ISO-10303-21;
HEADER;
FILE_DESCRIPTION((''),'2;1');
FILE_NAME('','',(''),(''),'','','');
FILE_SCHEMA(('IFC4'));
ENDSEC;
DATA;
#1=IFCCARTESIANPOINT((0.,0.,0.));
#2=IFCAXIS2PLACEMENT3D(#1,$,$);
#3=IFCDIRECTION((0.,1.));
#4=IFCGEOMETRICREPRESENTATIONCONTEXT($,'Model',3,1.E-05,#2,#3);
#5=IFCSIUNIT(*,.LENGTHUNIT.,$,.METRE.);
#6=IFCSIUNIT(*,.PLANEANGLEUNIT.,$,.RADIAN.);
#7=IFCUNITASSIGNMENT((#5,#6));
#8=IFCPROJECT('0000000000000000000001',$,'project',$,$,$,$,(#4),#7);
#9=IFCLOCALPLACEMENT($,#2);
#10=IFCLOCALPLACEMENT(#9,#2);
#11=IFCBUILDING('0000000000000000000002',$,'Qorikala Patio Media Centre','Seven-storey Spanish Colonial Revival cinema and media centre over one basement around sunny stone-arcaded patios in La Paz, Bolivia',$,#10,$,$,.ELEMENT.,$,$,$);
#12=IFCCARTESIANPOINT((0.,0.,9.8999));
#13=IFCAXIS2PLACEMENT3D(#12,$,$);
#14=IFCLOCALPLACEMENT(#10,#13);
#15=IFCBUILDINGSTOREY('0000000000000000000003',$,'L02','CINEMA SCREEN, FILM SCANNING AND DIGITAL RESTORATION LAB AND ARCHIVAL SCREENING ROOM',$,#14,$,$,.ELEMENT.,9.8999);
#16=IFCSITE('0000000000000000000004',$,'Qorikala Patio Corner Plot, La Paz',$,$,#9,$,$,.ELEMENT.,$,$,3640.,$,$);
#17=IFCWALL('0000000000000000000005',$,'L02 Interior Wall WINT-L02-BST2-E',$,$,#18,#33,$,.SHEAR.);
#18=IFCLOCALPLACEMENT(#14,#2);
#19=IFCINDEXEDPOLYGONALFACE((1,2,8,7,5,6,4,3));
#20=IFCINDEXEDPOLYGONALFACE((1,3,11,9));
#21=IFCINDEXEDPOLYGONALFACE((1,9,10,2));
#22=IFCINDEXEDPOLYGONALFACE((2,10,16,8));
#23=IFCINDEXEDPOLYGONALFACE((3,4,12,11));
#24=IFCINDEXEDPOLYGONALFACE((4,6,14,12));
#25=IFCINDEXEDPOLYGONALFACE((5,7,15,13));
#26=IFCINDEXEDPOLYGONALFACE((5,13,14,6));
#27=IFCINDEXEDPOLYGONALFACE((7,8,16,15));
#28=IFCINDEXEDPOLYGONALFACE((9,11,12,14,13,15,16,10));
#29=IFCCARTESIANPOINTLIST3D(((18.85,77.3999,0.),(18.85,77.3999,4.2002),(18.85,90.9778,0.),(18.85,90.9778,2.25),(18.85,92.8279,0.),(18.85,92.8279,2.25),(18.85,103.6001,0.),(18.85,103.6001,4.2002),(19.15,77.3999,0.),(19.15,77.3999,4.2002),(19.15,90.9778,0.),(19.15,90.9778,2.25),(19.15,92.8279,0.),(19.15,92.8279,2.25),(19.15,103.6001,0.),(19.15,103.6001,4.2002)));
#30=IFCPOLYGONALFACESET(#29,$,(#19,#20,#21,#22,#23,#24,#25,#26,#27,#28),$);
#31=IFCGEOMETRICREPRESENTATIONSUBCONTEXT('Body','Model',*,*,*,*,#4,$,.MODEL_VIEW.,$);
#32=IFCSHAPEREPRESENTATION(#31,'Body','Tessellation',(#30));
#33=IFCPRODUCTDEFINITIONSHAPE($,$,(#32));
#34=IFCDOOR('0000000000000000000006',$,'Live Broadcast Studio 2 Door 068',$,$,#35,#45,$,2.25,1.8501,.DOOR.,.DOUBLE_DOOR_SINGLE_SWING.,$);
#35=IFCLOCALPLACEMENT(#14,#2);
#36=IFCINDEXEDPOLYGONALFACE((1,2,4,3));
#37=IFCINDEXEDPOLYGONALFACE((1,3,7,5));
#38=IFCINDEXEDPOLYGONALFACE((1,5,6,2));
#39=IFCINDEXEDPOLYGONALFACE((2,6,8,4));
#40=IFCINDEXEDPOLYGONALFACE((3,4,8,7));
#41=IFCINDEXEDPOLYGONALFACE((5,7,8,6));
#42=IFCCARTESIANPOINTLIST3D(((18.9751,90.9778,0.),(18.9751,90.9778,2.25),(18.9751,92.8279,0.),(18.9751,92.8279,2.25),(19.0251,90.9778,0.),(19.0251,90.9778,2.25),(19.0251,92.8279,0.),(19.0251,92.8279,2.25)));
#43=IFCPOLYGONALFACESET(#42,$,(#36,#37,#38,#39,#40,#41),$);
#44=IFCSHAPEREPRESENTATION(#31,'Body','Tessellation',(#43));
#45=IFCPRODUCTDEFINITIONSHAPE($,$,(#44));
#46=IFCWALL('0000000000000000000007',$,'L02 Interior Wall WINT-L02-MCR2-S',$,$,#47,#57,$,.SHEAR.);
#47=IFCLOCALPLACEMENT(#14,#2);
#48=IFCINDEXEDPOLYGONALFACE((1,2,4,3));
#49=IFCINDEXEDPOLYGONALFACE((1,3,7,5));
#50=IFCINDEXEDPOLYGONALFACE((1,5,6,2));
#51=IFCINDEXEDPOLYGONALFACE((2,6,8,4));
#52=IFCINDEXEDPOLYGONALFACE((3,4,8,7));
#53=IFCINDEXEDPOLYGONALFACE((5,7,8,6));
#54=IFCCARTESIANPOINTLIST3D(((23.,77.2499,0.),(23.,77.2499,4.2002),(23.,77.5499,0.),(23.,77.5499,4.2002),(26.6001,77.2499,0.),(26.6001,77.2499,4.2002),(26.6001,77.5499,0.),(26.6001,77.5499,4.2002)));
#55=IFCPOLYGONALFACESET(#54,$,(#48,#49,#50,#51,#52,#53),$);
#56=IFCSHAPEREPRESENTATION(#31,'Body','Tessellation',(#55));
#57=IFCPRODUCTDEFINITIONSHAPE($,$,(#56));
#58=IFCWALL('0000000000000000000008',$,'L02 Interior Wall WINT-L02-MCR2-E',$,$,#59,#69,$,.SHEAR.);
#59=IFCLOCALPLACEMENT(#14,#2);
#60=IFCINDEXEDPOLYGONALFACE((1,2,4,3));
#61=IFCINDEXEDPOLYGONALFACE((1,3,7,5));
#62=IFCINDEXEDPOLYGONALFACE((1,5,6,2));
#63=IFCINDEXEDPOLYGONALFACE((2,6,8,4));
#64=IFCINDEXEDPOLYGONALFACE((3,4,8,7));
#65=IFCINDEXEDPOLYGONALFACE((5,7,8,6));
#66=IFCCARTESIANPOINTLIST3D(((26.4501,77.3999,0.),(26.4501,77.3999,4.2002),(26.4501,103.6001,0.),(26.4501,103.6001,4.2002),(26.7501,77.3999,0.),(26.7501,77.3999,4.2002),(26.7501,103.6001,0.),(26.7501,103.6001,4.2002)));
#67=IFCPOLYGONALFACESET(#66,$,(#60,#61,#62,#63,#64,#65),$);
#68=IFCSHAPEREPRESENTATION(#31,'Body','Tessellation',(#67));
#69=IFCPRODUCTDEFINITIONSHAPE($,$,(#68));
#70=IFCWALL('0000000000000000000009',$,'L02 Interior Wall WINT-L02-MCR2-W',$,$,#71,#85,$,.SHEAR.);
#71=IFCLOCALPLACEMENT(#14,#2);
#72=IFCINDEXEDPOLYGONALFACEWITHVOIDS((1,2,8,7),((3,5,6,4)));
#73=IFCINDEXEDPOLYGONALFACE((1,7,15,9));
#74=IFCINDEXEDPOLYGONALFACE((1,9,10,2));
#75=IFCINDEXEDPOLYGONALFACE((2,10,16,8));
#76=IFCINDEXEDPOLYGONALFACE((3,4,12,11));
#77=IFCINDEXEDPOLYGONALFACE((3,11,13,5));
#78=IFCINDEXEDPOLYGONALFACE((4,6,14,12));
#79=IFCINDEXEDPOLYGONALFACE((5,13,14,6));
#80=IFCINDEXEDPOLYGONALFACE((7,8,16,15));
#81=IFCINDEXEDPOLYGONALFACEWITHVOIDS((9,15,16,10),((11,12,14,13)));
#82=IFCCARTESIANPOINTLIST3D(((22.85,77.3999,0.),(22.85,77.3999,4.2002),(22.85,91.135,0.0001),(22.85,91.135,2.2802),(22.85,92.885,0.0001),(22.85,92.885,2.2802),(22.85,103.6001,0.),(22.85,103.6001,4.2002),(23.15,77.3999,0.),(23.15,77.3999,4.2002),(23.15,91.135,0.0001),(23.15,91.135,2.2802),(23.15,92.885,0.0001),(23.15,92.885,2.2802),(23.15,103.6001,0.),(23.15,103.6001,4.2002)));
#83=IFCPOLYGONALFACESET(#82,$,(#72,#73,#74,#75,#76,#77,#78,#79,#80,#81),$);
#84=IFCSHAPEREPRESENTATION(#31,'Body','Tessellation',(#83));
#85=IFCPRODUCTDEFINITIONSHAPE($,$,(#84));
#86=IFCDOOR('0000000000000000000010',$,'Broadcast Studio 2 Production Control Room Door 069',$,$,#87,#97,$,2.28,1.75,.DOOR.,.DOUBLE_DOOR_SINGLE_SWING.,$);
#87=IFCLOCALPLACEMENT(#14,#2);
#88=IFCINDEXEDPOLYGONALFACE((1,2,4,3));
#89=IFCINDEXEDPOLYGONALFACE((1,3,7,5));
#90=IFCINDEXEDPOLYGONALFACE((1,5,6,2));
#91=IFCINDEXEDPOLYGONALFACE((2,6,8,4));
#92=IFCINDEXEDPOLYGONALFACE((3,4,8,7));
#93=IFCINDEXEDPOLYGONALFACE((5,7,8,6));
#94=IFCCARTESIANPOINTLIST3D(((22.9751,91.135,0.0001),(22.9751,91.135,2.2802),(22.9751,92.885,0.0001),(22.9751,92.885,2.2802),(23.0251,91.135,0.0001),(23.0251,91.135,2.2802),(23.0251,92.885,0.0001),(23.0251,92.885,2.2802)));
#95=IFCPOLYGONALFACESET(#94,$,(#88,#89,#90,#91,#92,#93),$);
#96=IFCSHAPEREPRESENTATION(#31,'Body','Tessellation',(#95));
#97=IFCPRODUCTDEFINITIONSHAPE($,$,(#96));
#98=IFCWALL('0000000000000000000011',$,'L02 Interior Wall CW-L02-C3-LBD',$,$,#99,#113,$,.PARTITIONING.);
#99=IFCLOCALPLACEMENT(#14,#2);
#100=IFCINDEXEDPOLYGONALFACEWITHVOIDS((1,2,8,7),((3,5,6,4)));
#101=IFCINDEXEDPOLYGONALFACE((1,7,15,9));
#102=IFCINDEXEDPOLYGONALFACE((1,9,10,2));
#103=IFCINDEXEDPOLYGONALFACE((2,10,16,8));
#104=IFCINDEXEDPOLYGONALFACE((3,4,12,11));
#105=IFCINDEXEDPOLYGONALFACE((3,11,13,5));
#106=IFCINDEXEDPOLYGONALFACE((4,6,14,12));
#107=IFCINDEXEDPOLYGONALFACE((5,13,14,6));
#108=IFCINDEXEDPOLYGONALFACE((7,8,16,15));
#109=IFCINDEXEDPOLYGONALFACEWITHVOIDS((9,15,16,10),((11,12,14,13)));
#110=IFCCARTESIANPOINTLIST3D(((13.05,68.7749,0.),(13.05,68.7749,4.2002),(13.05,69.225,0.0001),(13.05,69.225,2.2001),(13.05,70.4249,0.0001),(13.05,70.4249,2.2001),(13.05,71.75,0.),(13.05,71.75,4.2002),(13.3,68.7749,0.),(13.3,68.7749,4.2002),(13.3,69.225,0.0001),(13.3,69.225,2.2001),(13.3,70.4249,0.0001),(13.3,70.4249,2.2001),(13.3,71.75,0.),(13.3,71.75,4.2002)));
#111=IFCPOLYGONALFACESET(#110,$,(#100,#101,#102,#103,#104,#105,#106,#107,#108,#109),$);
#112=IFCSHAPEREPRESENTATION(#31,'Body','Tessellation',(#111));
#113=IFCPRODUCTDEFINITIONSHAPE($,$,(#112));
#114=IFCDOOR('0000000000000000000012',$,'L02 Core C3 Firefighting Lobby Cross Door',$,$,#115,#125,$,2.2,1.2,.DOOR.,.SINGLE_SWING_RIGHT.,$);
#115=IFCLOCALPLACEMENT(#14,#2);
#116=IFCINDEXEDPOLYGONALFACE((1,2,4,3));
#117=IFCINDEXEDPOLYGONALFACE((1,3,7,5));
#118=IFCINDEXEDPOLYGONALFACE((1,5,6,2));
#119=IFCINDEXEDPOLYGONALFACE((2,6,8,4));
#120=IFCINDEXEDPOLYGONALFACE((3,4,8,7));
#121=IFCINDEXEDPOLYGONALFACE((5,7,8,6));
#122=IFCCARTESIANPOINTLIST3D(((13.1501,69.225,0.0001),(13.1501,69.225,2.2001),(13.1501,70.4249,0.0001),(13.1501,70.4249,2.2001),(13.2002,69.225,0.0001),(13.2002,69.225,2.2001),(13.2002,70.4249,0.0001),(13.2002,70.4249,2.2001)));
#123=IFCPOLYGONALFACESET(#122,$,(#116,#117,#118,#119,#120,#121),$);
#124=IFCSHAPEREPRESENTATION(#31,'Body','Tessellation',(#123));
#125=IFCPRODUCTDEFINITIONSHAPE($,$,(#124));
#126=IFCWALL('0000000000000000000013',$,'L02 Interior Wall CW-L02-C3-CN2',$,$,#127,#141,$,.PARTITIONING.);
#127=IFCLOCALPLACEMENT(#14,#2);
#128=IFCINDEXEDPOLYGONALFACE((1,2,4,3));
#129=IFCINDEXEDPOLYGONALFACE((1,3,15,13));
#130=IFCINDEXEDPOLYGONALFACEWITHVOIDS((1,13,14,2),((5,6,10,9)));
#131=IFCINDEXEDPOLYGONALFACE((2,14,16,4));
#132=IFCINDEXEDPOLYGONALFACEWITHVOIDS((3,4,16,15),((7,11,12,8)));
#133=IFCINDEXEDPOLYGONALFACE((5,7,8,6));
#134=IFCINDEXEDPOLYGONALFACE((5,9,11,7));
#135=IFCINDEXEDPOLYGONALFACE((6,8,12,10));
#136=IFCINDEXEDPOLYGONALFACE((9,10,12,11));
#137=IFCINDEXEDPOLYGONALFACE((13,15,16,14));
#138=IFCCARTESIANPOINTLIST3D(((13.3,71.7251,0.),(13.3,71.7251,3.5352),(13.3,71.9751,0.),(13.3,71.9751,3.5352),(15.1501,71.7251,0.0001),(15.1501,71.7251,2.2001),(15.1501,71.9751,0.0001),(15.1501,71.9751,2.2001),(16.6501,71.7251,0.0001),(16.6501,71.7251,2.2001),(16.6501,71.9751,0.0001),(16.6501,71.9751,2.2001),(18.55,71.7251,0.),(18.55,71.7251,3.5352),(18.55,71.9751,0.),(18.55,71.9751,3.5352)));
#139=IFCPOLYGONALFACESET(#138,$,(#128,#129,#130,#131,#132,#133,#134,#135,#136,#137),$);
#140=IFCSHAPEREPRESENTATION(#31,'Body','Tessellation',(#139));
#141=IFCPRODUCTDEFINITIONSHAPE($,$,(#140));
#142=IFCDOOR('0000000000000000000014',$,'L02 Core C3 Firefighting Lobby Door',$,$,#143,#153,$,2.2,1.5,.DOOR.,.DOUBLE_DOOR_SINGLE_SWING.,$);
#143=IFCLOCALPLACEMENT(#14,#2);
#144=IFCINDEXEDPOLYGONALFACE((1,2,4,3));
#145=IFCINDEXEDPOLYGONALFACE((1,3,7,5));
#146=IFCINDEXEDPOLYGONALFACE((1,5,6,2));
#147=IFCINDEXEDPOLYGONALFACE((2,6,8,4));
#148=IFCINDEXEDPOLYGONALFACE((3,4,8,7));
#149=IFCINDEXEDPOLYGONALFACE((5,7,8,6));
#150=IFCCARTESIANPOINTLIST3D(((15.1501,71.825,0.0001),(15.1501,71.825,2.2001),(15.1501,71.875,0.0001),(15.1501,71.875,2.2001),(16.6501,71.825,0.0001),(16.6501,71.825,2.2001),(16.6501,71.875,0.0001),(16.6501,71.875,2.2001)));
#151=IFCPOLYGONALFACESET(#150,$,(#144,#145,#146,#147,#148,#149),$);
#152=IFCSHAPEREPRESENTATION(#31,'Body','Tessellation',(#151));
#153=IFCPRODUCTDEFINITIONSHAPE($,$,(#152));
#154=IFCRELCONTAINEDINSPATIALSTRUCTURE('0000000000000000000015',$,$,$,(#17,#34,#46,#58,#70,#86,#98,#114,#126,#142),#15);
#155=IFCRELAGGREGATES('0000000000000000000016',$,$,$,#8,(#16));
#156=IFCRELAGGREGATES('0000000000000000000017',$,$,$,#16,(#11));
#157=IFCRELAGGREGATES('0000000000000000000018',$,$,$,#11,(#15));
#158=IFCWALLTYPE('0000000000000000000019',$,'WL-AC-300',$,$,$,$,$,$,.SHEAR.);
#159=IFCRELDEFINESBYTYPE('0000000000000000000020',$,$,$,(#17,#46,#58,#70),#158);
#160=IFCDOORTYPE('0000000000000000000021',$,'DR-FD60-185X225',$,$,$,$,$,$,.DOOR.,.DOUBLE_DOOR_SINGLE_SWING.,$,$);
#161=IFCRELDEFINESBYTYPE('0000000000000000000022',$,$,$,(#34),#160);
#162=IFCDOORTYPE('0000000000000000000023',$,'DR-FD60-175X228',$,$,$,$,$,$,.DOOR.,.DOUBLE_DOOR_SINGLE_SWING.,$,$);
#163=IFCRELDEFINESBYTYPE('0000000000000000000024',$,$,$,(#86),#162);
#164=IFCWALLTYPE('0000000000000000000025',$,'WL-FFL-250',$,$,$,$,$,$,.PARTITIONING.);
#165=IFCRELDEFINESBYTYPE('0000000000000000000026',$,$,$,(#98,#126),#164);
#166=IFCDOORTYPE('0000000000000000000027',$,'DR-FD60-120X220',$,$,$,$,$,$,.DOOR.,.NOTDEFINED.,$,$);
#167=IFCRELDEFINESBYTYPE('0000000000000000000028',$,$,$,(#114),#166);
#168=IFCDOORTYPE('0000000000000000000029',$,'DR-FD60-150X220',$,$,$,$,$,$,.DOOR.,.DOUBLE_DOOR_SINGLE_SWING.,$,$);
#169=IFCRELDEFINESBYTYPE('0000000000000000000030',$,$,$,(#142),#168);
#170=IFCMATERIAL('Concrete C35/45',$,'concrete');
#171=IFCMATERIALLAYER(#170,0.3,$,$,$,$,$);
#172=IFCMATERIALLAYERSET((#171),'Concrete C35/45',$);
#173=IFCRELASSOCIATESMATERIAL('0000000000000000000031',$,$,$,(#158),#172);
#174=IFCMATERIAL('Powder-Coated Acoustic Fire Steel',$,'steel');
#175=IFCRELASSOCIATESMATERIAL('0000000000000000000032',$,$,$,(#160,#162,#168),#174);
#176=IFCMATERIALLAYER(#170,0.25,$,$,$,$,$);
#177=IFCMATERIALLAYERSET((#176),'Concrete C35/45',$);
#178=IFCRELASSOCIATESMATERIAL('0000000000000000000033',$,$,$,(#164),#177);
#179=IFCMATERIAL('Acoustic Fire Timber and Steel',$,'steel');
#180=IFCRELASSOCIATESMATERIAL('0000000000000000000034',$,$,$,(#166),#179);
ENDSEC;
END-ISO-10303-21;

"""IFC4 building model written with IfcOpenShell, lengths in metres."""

from ifc_helpers import new_model, si_unit, direction, frame, frame_2d, origin, place, context, subcontext, project, spatial, rectangle, extrude, material, layer, layer_set, type_object, element, fill, save


model = new_model("IFC4")

# Units and contexts
model_context = context("Model", 3, precision=1e-05, world=origin(), true_north=direction((0.0, 1.0)))
body_context = subcontext(model_context, "Body", "Model", "MODEL_VIEW")
ifc_project = project(units=[si_unit("LENGTHUNIT", "METRE"), si_unit("PLANEANGLEUNIT", "RADIAN")], contexts=[model_context])

# Site, building, storey
site_placement = place(None, origin())
site = spatial("IfcSite", under=ifc_project, at=site_placement, Name="Qorikala Patio Corner Plot, La Paz", CompositionType="ELEMENT", RefElevation=3640.0)
building_placement = place(site_placement, origin())
building = spatial("IfcBuilding", under=site, at=building_placement, Name="Qorikala Patio Media Centre", Description="Seven-storey Spanish Colonial Revival cinema and media centre over one basement around sunny stone-arcaded patios in La Paz, Bolivia", CompositionType="ELEMENT")
storey_placement = place(building_placement, frame((0.0, 0.0, 9.8999)))
storey = spatial("IfcBuildingStorey", under=building, at=storey_placement, Name="L02", Description="CINEMA SCREEN, FILM SCANNING AND DIGITAL RESTORATION LAB AND ARCHIVAL SCREENING ROOM", CompositionType="ELEMENT", Elevation=9.8999)

# Shared definitions
ifc_material_1 = material(Name="Concrete C35/45", Category="concrete")

# Shared definitions
ifc_layer_1 = layer(ifc_material_1, 0.3)
ifc_layer_set_1 = layer_set([ifc_layer_1], Name="Concrete C35/45")
wall_type_1 = type_object("IfcWallType", Name="WL-AC-300", PredefinedType="SHEAR", material=ifc_layer_set_1)

# Wall, opening, door
wall_1_placement = place(storey_placement, frame((19.0, 77.3999, 0.0), z_axis=(0.0, 0.0, 1.0), x_axis=(0.0, 1.0, 0.0)))
wall_1 = element("IfcWall", 1, at=wall_1_placement, inside=storey, type_object=wall_type_1, Name="L02 Interior Wall WINT-L02-BST2-E", PredefinedType="SHEAR", context=body_context, shape_type="SweptSolid", body=[
    extrude(rectangle(XDim=26.2002, YDim=0.3, at=frame_2d((13.1001, 0.0))), origin(), (0.0, 0.0, 1.0), 4.2002),
])
opening_1_placement = place(wall_1_placement, frame((13.5779, 0.0, 0.0)))
opening_1 = element("IfcOpeningElement", 2, at=opening_1_placement, cuts=wall_1, PredefinedType="OPENING", context=body_context, shape_type="SweptSolid", body=[
    extrude(rectangle(XDim=1.8501, YDim=2.25, at=frame_2d((0.925, 1.125))), frame((0.0, 0.1599, 0.0), z_axis=(0.0, -1.0, 0.0), x_axis=(1.0, 0.0, 0.0)), (0.0, 0.0, 1.0), 0.3201),
])
ifc_material_2 = material(Name="Powder-Coated Acoustic Fire Steel", Category="steel")
door_type_1 = type_object("IfcDoorType", Name="DR-FD60-185X225", OperationType="DOUBLE_DOOR_SINGLE_SWING", PredefinedType="DOOR", material=ifc_material_2)
door_1_placement = place(opening_1_placement, origin())
door_1 = element("IfcDoor", 3, at=door_1_placement, inside=storey, type_object=door_type_1, Name="Live Broadcast Studio 2 Door 068", OperationType="DOUBLE_DOOR_SINGLE_SWING", OverallHeight=2.25, OverallWidth=1.8501, PredefinedType="DOOR", context=body_context, shape_type="SweptSolid", body=[
    extrude(rectangle(XDim=1.8501, YDim=2.25, at=frame_2d((0.925, 1.125))), frame((0.0, 0.0249, 0.0), z_axis=(0.0, -1.0, 0.0), x_axis=(1.0, 0.0, 0.0)), (0.0, 0.0, 1.0), 0.05),
])
fill(opening_1, door_1)

# Walls
wall_2_placement = place(storey_placement, frame((23.0, 77.3999, 0.0), z_axis=(0.0, 0.0, 1.0), x_axis=(1.0, 0.0, 0.0)))
element("IfcWall", 4, at=wall_2_placement, inside=storey, type_object=wall_type_1, Name="L02 Interior Wall WINT-L02-MCR2-S", PredefinedType="SHEAR", context=body_context, shape_type="SweptSolid", body=[
    extrude(rectangle(XDim=3.6001, YDim=0.3, at=frame_2d((1.8, 0.0))), origin(), (0.0, 0.0, 1.0), 4.2002),
])
wall_3_placement = place(storey_placement, frame((26.6001, 77.3999, 0.0), z_axis=(0.0, 0.0, 1.0), x_axis=(0.0, 1.0, 0.0)))
element("IfcWall", 5, at=wall_3_placement, inside=storey, type_object=wall_type_1, Name="L02 Interior Wall WINT-L02-MCR2-E", PredefinedType="SHEAR", context=body_context, shape_type="SweptSolid", body=[
    extrude(rectangle(XDim=26.2002, YDim=0.3, at=frame_2d((13.1001, 0.0))), origin(), (0.0, 0.0, 1.0), 4.2002),
])

# Walls, openings, doors
wall_4_placement = place(storey_placement, frame((23.0, 77.3999, 0.0), z_axis=(0.0, 0.0, 1.0), x_axis=(0.0, 1.0, 0.0)))
wall_4 = element("IfcWall", 6, at=wall_4_placement, inside=storey, type_object=wall_type_1, Name="L02 Interior Wall WINT-L02-MCR2-W", PredefinedType="SHEAR", context=body_context, shape_type="SweptSolid", body=[
    extrude(rectangle(XDim=26.2002, YDim=0.3, at=frame_2d((13.1001, 0.0))), origin(), (0.0, 0.0, 1.0), 4.2002),
])
opening_2_placement = place(wall_4_placement, frame((13.7351, 0.0, 0.0)))
opening_2 = element("IfcOpeningElement", 7, at=opening_2_placement, cuts=wall_4, PredefinedType="OPENING", context=body_context, shape_type="SweptSolid", body=[
    extrude(rectangle(XDim=1.75, YDim=2.28, at=frame_2d((0.875, 1.1401))), frame((0.0, 0.1599, 0.0), z_axis=(0.0, -1.0, 0.0), x_axis=(1.0, 0.0, 0.0)), (0.0, 0.0, 1.0), 0.3201),
])
door_type_2 = type_object("IfcDoorType", Name="DR-FD60-175X228", OperationType="DOUBLE_DOOR_SINGLE_SWING", PredefinedType="DOOR", material=ifc_material_2)
door_2_placement = place(opening_2_placement, origin())
door_2 = element("IfcDoor", 8, at=door_2_placement, inside=storey, type_object=door_type_2, Name="Broadcast Studio 2 Production Control Room Door 069", OperationType="DOUBLE_DOOR_SINGLE_SWING", OverallHeight=2.28, OverallWidth=1.75, PredefinedType="DOOR", context=body_context, shape_type="SweptSolid", body=[
    extrude(rectangle(XDim=1.75, YDim=2.28, at=frame_2d((0.875, 1.1401))), frame((0.0, 0.0249, 0.0), z_axis=(0.0, -1.0, 0.0), x_axis=(1.0, 0.0, 0.0)), (0.0, 0.0, 1.0), 0.05),
])
fill(opening_2, door_2)
ifc_layer_2 = layer(ifc_material_1, 0.25)
ifc_layer_set_2 = layer_set([ifc_layer_2], Name="Concrete C35/45")
wall_type_2 = type_object("IfcWallType", Name="WL-FFL-250", PredefinedType="PARTITIONING", material=ifc_layer_set_2)
wall_5_placement = place(storey_placement, frame((13.175, 68.7749, 0.0), z_axis=(0.0, 0.0, 1.0), x_axis=(0.0, 1.0, 0.0)))
wall_5 = element("IfcWall", 9, at=wall_5_placement, inside=storey, type_object=wall_type_2, Name="L02 Interior Wall CW-L02-C3-LBD", PredefinedType="PARTITIONING", context=body_context, shape_type="SweptSolid", body=[
    extrude(rectangle(XDim=2.9751, YDim=0.25, at=frame_2d((1.4875, 0.0))), origin(), (0.0, 0.0, 1.0), 4.2002),
])
opening_3_placement = place(wall_5_placement, frame((0.45, 0.0, 0.0)))
opening_3 = element("IfcOpeningElement", 10, at=opening_3_placement, cuts=wall_5, PredefinedType="OPENING", context=body_context, shape_type="SweptSolid", body=[
    extrude(rectangle(XDim=1.2, YDim=2.2, at=frame_2d((0.6001, 1.1001))), frame((0.0, 0.135, 0.0), z_axis=(0.0, -1.0, 0.0), x_axis=(1.0, 0.0, 0.0)), (0.0, 0.0, 1.0), 0.27),
])
ifc_material_3 = material(Name="Acoustic Fire Timber and Steel", Category="steel")
door_type_3 = type_object("IfcDoorType", Name="DR-FD60-120X220", OperationType="NOTDEFINED", PredefinedType="DOOR", material=ifc_material_3)
door_3_placement = place(opening_3_placement, origin())
door_3 = element("IfcDoor", 11, at=door_3_placement, inside=storey, type_object=door_type_3, Name="L02 Core C3 Firefighting Lobby Cross Door", OperationType="SINGLE_SWING_RIGHT", OverallHeight=2.2, OverallWidth=1.2, PredefinedType="DOOR", context=body_context, shape_type="SweptSolid", body=[
    extrude(rectangle(XDim=1.2, YDim=2.2, at=frame_2d((0.6001, 1.1001))), frame((0.0, 0.0249, 0.0), z_axis=(0.0, -1.0, 0.0), x_axis=(1.0, 0.0, 0.0)), (0.0, 0.0, 1.0), 0.05),
])
fill(opening_3, door_3)
wall_6_placement = place(storey_placement, frame((13.3, 71.8501, 0.0), z_axis=(0.0, 0.0, 1.0), x_axis=(1.0, 0.0, 0.0)))
wall_6 = element("IfcWall", 12, at=wall_6_placement, inside=storey, type_object=wall_type_2, Name="L02 Interior Wall CW-L02-C3-CN2", PredefinedType="PARTITIONING", context=body_context, shape_type="SweptSolid", body=[
    extrude(rectangle(XDim=5.25, YDim=0.25, at=frame_2d((2.625, 0.0))), origin(), (0.0, 0.0, 1.0), 3.5352),
])
opening_4_placement = place(wall_6_placement, frame((1.8501, 0.0, 0.0)))
opening_4 = element("IfcOpeningElement", 13, at=opening_4_placement, cuts=wall_6, PredefinedType="OPENING", context=body_context, shape_type="SweptSolid", body=[
    extrude(rectangle(XDim=1.5, YDim=2.2, at=frame_2d((0.75, 1.1001))), frame((0.0, 0.135, 0.0), z_axis=(0.0, -1.0, 0.0), x_axis=(1.0, 0.0, 0.0)), (0.0, 0.0, 1.0), 0.27),
])
door_type_4 = type_object("IfcDoorType", Name="DR-FD60-150X220", OperationType="DOUBLE_DOOR_SINGLE_SWING", PredefinedType="DOOR", material=ifc_material_2)
door_4_placement = place(opening_4_placement, origin())
door_4 = element("IfcDoor", 14, at=door_4_placement, inside=storey, type_object=door_type_4, Name="L02 Core C3 Firefighting Lobby Door", OperationType="DOUBLE_DOOR_SINGLE_SWING", OverallHeight=2.2, OverallWidth=1.5, PredefinedType="DOOR", context=body_context, shape_type="SweptSolid", body=[
    extrude(rectangle(XDim=1.5, YDim=2.2, at=frame_2d((0.75, 1.1001))), frame((0.0, 0.0249, 0.0), z_axis=(0.0, -1.0, 0.0), x_axis=(1.0, 0.0, 0.0)), (0.0, 0.0, 1.0), 0.05),
])
fill(opening_4, door_4)

save(model, "model.ifc")
